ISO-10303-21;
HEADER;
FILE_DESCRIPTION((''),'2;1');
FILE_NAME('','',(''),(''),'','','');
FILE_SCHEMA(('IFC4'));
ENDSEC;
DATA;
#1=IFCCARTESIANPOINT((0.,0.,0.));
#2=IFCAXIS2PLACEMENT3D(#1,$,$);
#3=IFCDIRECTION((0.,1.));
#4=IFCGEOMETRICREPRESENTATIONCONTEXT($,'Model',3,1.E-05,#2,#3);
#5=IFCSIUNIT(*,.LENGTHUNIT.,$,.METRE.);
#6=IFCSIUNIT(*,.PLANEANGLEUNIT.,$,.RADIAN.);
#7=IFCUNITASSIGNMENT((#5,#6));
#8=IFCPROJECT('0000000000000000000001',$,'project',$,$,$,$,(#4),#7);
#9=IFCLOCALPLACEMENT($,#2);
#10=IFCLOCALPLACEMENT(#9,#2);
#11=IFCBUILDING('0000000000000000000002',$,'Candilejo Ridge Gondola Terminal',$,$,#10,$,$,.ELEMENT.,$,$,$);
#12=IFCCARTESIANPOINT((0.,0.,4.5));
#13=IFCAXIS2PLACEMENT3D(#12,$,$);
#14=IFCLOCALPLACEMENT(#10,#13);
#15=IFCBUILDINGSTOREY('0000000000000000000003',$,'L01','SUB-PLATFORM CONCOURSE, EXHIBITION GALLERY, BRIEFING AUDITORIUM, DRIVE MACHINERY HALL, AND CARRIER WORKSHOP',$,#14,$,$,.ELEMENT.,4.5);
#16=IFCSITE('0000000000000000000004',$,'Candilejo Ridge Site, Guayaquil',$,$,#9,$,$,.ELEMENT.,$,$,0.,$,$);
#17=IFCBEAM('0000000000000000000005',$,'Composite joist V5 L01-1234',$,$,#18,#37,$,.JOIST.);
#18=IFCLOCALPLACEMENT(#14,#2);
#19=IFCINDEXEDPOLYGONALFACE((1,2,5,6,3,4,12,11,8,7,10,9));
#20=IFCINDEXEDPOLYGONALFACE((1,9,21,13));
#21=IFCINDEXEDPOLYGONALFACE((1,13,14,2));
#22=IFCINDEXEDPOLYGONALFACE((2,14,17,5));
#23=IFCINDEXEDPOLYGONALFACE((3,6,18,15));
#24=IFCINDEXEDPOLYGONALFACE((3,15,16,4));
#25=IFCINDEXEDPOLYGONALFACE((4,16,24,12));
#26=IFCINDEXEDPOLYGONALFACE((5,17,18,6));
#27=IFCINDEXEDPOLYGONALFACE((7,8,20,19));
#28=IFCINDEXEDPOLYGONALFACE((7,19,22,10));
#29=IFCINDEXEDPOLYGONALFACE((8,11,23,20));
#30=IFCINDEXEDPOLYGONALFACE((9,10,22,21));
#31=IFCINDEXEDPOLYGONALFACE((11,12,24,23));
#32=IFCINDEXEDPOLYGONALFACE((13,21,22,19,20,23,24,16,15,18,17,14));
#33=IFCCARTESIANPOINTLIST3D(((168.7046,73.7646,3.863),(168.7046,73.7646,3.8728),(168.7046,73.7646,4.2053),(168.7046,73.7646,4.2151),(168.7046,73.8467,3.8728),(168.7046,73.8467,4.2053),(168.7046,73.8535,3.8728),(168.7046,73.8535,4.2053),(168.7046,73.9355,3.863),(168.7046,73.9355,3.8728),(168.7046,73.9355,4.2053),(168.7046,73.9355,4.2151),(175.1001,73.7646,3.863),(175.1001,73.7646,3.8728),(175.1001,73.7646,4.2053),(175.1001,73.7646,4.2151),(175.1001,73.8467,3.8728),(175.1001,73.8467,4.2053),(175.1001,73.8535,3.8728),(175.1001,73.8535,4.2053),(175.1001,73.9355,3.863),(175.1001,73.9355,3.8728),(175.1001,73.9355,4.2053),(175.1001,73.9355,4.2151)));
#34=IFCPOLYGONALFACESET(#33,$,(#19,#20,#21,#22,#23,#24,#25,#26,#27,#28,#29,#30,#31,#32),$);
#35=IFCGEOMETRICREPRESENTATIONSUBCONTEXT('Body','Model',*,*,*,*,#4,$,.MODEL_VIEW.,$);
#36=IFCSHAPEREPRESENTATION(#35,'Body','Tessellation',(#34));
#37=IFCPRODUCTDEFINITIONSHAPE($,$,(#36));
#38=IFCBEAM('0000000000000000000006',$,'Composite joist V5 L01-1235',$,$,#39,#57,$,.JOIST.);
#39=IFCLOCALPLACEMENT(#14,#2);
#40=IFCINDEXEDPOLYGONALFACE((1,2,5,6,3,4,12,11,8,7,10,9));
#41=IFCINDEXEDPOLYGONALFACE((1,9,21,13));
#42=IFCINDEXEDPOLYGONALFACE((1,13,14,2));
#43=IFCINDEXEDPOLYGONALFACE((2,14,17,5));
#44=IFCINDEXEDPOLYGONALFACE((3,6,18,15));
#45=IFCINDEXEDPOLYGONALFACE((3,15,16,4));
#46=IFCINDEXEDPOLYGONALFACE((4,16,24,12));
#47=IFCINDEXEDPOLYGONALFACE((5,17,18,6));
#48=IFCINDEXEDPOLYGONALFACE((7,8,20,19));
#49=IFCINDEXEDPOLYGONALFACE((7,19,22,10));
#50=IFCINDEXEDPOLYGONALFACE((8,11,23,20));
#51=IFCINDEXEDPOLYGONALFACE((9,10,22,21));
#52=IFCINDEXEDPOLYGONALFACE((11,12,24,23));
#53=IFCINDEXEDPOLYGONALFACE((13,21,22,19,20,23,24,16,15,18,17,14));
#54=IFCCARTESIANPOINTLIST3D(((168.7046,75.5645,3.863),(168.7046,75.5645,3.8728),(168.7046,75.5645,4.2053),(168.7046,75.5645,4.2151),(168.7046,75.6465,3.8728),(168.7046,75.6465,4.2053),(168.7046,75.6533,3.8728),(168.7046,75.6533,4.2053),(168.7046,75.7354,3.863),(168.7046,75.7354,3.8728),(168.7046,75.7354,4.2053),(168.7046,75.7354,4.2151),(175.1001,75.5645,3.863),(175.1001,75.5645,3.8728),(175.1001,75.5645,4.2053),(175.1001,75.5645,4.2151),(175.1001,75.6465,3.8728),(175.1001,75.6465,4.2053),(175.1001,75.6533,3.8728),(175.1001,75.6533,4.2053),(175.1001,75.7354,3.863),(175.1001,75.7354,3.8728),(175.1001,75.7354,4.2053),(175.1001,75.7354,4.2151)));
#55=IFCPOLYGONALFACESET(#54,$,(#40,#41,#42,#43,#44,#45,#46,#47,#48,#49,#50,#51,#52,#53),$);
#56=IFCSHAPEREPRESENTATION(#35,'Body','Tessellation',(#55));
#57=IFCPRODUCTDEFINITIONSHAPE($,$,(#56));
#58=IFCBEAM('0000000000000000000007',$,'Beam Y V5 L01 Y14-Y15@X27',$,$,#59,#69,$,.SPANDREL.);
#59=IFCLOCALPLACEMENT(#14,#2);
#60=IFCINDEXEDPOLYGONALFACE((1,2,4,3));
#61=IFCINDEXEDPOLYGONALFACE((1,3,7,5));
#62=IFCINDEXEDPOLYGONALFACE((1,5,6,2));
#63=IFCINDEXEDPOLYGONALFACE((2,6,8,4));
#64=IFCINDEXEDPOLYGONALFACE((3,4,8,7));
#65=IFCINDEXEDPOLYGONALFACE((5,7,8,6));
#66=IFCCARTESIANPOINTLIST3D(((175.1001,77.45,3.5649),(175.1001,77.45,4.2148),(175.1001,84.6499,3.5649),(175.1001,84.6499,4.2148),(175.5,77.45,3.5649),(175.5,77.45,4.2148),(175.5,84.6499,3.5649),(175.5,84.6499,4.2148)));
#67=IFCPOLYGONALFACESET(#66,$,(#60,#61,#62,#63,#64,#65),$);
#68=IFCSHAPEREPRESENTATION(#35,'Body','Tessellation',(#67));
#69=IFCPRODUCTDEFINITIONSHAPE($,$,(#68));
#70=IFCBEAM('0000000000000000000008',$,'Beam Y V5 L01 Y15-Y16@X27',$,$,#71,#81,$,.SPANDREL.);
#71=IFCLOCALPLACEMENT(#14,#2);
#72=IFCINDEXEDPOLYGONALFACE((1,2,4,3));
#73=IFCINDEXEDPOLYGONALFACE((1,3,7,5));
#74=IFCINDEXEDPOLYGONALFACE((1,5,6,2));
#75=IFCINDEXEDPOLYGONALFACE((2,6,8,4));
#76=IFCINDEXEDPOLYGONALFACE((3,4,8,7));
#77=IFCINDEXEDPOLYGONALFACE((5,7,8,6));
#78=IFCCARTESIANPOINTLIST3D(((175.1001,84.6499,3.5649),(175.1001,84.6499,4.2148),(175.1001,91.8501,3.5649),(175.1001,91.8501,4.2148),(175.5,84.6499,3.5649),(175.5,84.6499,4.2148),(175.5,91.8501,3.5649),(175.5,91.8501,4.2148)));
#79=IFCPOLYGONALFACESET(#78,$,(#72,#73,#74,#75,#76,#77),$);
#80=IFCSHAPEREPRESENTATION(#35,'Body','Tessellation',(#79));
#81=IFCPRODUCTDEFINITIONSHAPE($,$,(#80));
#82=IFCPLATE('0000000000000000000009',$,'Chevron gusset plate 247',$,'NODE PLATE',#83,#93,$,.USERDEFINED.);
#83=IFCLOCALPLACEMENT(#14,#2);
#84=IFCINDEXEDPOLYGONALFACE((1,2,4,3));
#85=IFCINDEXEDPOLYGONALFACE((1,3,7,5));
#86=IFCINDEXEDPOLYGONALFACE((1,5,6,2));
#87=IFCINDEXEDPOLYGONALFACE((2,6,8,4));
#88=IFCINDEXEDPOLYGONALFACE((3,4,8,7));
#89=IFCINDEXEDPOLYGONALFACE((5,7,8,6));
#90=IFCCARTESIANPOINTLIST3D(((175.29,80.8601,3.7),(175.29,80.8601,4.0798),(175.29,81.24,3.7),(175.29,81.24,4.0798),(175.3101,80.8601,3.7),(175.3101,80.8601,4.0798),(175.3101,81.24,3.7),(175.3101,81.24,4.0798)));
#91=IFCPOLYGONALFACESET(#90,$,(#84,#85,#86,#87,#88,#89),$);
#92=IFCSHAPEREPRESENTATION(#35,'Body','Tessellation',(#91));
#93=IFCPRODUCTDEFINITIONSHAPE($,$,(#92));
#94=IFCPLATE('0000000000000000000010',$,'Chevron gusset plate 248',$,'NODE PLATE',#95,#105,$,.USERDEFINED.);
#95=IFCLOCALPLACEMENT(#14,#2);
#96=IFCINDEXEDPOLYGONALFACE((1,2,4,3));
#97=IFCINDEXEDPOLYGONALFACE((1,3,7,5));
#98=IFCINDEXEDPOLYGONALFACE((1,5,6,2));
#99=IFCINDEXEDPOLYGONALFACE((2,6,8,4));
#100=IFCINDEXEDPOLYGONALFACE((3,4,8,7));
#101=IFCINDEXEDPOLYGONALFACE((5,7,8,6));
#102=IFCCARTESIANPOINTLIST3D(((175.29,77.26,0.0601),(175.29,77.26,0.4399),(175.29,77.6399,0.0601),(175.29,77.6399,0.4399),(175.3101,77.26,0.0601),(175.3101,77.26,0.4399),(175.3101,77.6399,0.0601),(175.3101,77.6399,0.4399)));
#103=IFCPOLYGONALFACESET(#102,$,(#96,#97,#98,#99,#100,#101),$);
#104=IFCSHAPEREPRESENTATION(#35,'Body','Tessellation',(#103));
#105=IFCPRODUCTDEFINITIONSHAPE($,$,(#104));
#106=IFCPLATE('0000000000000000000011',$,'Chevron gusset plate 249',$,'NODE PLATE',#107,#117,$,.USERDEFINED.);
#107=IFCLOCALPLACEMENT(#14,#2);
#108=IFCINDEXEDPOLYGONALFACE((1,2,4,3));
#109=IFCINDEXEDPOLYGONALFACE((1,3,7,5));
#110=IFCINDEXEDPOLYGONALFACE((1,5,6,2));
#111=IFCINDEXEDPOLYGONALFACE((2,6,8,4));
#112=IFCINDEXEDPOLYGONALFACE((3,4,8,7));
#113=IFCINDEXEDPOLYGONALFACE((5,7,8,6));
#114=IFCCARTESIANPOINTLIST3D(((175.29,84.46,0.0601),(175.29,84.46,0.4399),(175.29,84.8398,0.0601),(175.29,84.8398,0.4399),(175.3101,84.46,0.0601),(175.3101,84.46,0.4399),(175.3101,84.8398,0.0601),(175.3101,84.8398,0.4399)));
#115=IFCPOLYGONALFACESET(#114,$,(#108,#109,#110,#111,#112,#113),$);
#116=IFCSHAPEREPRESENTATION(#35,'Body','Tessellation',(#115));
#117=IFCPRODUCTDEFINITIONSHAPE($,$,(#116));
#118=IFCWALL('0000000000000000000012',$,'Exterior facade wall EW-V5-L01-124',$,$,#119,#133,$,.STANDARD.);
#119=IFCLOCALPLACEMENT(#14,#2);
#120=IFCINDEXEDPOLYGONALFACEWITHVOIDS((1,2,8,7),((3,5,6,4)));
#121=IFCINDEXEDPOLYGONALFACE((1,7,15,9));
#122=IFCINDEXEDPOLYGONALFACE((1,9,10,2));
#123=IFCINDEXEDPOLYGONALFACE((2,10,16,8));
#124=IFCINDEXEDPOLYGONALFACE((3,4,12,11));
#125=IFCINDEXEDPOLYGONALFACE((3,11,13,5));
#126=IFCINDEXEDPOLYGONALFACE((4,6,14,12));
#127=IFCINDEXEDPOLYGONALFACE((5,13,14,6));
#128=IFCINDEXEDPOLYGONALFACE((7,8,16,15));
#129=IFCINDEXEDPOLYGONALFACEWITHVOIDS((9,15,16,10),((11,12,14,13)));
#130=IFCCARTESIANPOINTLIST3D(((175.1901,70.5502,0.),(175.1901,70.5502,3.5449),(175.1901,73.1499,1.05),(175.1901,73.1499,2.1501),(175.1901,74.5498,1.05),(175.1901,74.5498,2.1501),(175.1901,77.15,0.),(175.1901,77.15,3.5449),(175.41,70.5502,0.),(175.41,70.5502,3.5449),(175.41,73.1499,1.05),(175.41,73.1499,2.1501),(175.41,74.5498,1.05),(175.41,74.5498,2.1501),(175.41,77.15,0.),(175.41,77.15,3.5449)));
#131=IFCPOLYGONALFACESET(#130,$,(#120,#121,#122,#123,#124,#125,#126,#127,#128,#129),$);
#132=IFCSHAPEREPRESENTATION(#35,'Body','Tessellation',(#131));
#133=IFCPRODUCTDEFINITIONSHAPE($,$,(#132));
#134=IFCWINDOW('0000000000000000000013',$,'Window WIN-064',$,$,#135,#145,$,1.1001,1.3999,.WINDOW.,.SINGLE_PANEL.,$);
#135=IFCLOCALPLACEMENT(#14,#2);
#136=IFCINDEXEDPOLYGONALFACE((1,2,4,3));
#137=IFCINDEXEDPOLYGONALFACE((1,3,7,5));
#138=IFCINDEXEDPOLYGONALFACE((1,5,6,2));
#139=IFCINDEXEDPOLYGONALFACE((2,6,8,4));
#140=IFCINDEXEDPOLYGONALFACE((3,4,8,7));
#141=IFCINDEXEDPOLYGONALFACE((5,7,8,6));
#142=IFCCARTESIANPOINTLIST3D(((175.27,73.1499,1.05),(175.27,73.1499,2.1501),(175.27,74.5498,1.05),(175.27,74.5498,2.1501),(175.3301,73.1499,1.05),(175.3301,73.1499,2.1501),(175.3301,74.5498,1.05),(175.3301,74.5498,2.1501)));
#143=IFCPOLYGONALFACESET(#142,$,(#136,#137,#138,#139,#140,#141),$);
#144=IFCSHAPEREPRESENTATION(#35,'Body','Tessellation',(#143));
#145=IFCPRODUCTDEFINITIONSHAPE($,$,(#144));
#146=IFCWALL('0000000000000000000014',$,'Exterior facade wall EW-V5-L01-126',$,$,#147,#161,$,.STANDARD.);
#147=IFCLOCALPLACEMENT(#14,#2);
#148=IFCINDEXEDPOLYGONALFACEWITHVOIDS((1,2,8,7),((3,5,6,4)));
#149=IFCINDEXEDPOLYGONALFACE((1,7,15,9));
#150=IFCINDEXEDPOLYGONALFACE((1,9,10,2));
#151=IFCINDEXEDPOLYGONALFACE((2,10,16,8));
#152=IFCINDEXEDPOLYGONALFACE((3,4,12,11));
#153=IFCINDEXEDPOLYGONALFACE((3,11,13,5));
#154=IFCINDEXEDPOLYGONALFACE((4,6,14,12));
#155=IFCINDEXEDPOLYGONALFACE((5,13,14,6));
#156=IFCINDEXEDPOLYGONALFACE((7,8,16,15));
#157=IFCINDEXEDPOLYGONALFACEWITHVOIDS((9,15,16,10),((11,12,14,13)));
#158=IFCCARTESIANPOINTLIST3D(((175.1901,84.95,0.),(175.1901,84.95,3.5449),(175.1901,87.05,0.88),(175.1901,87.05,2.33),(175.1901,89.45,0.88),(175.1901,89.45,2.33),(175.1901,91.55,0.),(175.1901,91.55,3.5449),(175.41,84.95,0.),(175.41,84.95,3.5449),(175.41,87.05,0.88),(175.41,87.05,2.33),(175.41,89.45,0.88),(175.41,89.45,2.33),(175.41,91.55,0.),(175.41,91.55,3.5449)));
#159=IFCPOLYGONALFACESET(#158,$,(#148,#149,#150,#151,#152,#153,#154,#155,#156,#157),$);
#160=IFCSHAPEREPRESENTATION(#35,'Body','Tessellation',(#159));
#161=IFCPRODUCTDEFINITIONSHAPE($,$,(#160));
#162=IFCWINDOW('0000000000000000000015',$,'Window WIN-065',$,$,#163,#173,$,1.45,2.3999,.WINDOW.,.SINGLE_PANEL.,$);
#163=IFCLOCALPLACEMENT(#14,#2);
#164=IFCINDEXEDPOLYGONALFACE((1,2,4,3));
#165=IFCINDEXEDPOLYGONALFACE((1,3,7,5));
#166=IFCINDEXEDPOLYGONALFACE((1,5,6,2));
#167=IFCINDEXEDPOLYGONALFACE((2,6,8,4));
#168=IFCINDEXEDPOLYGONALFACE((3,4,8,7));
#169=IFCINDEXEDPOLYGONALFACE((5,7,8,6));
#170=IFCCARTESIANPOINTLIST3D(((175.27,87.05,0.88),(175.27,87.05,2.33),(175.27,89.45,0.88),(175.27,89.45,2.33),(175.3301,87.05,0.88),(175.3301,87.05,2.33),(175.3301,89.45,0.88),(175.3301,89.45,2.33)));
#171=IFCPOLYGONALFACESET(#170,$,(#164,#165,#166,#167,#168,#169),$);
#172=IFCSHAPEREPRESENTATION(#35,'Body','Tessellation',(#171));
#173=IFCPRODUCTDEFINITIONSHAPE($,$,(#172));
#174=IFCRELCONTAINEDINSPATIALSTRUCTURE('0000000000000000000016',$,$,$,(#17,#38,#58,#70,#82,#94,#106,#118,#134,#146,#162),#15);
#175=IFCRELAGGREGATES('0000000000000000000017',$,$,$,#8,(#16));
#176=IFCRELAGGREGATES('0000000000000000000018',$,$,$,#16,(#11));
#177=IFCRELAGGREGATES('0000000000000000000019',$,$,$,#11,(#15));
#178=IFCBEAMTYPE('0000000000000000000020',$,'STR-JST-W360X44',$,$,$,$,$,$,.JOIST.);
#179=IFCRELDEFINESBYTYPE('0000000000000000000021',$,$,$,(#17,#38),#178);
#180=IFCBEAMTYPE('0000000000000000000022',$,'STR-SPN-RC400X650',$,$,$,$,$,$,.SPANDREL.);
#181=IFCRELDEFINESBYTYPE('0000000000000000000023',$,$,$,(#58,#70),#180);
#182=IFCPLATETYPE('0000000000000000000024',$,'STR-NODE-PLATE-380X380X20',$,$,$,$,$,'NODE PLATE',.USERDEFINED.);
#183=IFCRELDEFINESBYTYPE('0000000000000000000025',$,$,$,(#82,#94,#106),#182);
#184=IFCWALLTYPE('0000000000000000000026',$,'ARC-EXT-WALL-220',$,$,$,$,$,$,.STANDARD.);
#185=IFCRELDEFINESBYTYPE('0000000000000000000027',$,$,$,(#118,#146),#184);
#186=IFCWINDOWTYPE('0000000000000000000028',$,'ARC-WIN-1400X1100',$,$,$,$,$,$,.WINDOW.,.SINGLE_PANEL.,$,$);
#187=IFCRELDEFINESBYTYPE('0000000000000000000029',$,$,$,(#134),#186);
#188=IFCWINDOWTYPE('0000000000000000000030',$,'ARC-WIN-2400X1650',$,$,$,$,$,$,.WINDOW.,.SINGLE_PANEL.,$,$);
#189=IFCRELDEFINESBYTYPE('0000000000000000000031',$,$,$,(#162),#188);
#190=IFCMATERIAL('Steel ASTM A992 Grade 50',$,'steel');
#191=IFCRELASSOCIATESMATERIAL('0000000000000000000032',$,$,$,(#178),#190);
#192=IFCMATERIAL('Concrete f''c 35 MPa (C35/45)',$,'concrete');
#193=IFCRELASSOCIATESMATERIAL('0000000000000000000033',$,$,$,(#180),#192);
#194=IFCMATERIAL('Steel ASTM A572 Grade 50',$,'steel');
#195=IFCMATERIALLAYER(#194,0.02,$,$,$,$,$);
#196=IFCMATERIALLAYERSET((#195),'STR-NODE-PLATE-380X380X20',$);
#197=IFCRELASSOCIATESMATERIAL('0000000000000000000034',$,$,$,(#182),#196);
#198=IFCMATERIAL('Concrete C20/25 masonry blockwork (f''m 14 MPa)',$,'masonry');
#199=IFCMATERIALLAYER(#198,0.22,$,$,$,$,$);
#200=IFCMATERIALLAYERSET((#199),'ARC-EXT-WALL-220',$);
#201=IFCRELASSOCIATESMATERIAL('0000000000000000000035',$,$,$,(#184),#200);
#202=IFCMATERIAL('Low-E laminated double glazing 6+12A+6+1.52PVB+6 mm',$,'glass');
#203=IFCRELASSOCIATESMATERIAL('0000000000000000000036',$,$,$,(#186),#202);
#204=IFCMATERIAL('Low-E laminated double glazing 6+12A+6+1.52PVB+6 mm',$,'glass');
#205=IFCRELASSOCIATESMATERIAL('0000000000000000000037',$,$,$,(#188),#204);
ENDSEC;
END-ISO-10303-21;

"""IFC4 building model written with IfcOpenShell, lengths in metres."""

from ifc_helpers import new_model, si_unit, direction, frame, frame_2d, origin, origin_2d, place, context, subcontext, project, spatial, rectangle, i_section, extrude, material, layer, layer_set, material_profile, profile_set, type_object, element, fill, save


model = new_model("IFC4")

# Units and contexts
model_context = context("Model", 3, precision=1e-05, world=origin(), true_north=direction((0.0, 1.0)))
body_context = subcontext(model_context, "Body", "Model", "MODEL_VIEW")
ifc_project = project(units=[si_unit("LENGTHUNIT", "METRE"), si_unit("PLANEANGLEUNIT", "RADIAN")], contexts=[model_context])

# Site, building, storey
site_placement = place(None, origin())
site = spatial("IfcSite", under=ifc_project, at=site_placement, Name="Candilejo Ridge Site, Guayaquil", CompositionType="ELEMENT", RefElevation=0.0)
building_placement = place(site_placement, origin())
building = spatial("IfcBuilding", under=site, at=building_placement, Name="Candilejo Ridge Gondola Terminal", CompositionType="ELEMENT")
storey_placement = place(building_placement, frame((0.0, 0.0, 4.5)))
storey = spatial("IfcBuildingStorey", under=building, at=storey_placement, Name="L01", Description="SUB-PLATFORM CONCOURSE, EXHIBITION GALLERY, BRIEFING AUDITORIUM, DRIVE MACHINERY HALL, AND CARRIER WORKSHOP", CompositionType="ELEMENT", Elevation=4.5)

# Beams
ifc_material_1 = material(Name="Steel ASTM A992 Grade 50", Category="steel")
ifc_material_profile_1 = material_profile(ifc_material_1, i_section(OverallWidth=0.1709, OverallDepth=0.3521, WebThickness=0.0068, FlangeThickness=0.0098, at=origin_2d()))
ifc_profile_set_1 = profile_set([ifc_material_profile_1], Name="Steel ASTM A992 Grade 50")
beam_type_1 = type_object("IfcBeamType", Name="STR-JST-W360X44", PredefinedType="JOIST", material=ifc_profile_set_1)
for number, where, z_axis, x_axis, name in (
    (1, (168.7046, 73.8501, 4.0391), (1.0, 0.0, 0.0), (0.0, 1.0, 0.0), "Composite joist V5 L01-1234"),
    (2, (168.7046, 75.6499, 4.0391), (1.0, 0.0, 0.0), (0.0, 1.0, 0.0), "Composite joist V5 L01-1235"),
):
    element("IfcBeam", number, at=place(storey_placement, frame(where, z_axis=z_axis, x_axis=x_axis)), inside=storey, type_object=beam_type_1, Name=name, PredefinedType="JOIST", context=body_context, shape_type="SweptSolid", body=[
        extrude(i_section(OverallWidth=0.1709, OverallDepth=0.3521, WebThickness=0.0068, FlangeThickness=0.0098, at=origin_2d()), origin(), (0.0, 0.0, 1.0), 6.3955),
    ])
ifc_material_2 = material(Name="Concrete f'c 35 MPa (C35/45)", Category="concrete")
ifc_material_profile_2 = material_profile(ifc_material_2, rectangle(XDim=0.3999, YDim=0.6499, at=origin_2d()))
ifc_profile_set_2 = profile_set([ifc_material_profile_2], Name="Concrete f'c 35 MPa (C35/45)")
beam_type_2 = type_object("IfcBeamType", Name="STR-SPN-RC400X650", PredefinedType="SPANDREL", material=ifc_profile_set_2)
beam_1_placement = place(storey_placement, frame((175.3, 77.45, 3.8899), z_axis=(0.0, 1.0, 0.0), x_axis=(-1.0, 0.0, 0.0)))
element("IfcBeam", 3, at=beam_1_placement, inside=storey, type_object=beam_type_2, Name="Beam Y V5 L01 Y14-Y15@X27", PredefinedType="SPANDREL", context=body_context, shape_type="SweptSolid", body=[
    extrude(rectangle(XDim=0.3999, YDim=0.6499, at=origin_2d()), origin(), (0.0, 0.0, 1.0), 7.2),
])
beam_2_placement = place(storey_placement, frame((175.3, 84.6499, 3.8899), z_axis=(0.0, 1.0, 0.0), x_axis=(-1.0, 0.0, 0.0)))
element("IfcBeam", 4, at=beam_2_placement, inside=storey, type_object=beam_type_2, Name="Beam Y V5 L01 Y15-Y16@X27", PredefinedType="SPANDREL", context=body_context, shape_type="SweptSolid", body=[
    extrude(rectangle(XDim=0.3999, YDim=0.6499, at=origin_2d()), origin(), (0.0, 0.0, 1.0), 7.2002),
])

# Plates
ifc_material_3 = material(Name="Steel ASTM A572 Grade 50", Category="steel")
ifc_layer_1 = layer(ifc_material_3, 0.02)
ifc_layer_set_1 = layer_set([ifc_layer_1], Name="STR-NODE-PLATE-380X380X20")
plate_type = type_object("IfcPlateType", Name="STR-NODE-PLATE-380X380X20", ElementType="NODE PLATE", PredefinedType="USERDEFINED", material=ifc_layer_set_1)
for number, where, z_axis, x_axis, name in (
    (5, (175.3, 81.05, 3.7), (0.0, 0.0, 1.0), (1.0, 0.0, 0.0), "Chevron gusset plate 247"),
    (6, (175.3, 77.45, 0.0601), (0.0, 0.0, 1.0), (1.0, 0.0, 0.0), "Chevron gusset plate 248"),
    (7, (175.3, 84.6499, 0.0601), (0.0, 0.0, 1.0), (1.0, 0.0, 0.0), "Chevron gusset plate 249"),
):
    element("IfcPlate", number, at=place(storey_placement, frame(where, z_axis=z_axis, x_axis=x_axis)), inside=storey, type_object=plate_type, Name=name, ObjectType="NODE PLATE", PredefinedType="USERDEFINED", context=body_context, shape_type="SweptSolid", body=[
        extrude(rectangle(XDim=0.02, YDim=0.3799, at=origin_2d()), origin(), (0.0, 0.0, 1.0), 0.3799),
    ])

# Walls, openings, windows
ifc_material_4 = material(Name="Concrete C20/25 masonry blockwork (f'm 14 MPa)", Category="masonry")
ifc_layer_2 = layer(ifc_material_4, 0.22)
ifc_layer_set_2 = layer_set([ifc_layer_2], Name="ARC-EXT-WALL-220")
wall_type = type_object("IfcWallType", Name="ARC-EXT-WALL-220", PredefinedType="STANDARD", material=ifc_layer_set_2)
wall_1_placement = place(storey_placement, frame((175.3, 77.1499, 0.0), z_axis=(0.0, 0.0, 1.0), x_axis=(0.0, -1.0, 0.0)))
wall_1 = element("IfcWall", 8, at=wall_1_placement, inside=storey, type_object=wall_type, Name="Exterior facade wall EW-V5-L01-124", PredefinedType="STANDARD", context=body_context, shape_type="SweptSolid", body=[
    extrude(rectangle(XDim=6.5999, YDim=0.22, at=frame_2d((3.2998, 0.0))), origin(), (0.0, 0.0, 1.0), 3.5449),
])
opening_1_placement = place(wall_1_placement, frame((2.6001, 0.0, 1.05)))
opening_1 = element("IfcOpeningElement", 9, at=opening_1_placement, cuts=wall_1, PredefinedType="OPENING", context=body_context, shape_type="SweptSolid", body=[
    extrude(rectangle(XDim=1.3999, YDim=1.1001, at=frame_2d((0.7, 0.55))), frame((0.0, 0.1199, 0.0), z_axis=(0.0, -1.0, 0.0), x_axis=(1.0, 0.0, 0.0)), (0.0, 0.0, 1.0), 0.24),
])
ifc_material_5 = material(Name="Low-E laminated double glazing 6+12A+6+1.52PVB+6 mm", Category="glass")
window_type_1 = type_object("IfcWindowType", Name="ARC-WIN-1400X1100", PartitioningType="SINGLE_PANEL", PredefinedType="WINDOW", material=ifc_material_5)
window_1_placement = place(opening_1_placement, origin())
window_1 = element("IfcWindow", 10, at=window_1_placement, inside=storey, type_object=window_type_1, Name="Window WIN-064", OverallHeight=1.1001, OverallWidth=1.3999, PartitioningType="SINGLE_PANEL", PredefinedType="WINDOW", context=body_context, shape_type="SweptSolid", body=[
    extrude(rectangle(XDim=1.3999, YDim=1.1001, at=frame_2d((0.7, 0.55))), frame((0.0, 0.03, 0.0), z_axis=(0.0, -1.0, 0.0), x_axis=(1.0, 0.0, 0.0)), (0.0, 0.0, 1.0), 0.0601),
])
fill(opening_1, window_1)
wall_2_placement = place(storey_placement, frame((175.3, 91.55, 0.0), z_axis=(0.0, 0.0, 1.0), x_axis=(0.0, -1.0, 0.0)))
wall_2 = element("IfcWall", 11, at=wall_2_placement, inside=storey, type_object=wall_type, Name="Exterior facade wall EW-V5-L01-126", PredefinedType="STANDARD", context=body_context, shape_type="SweptSolid", body=[
    extrude(rectangle(XDim=6.6001, YDim=0.22, at=frame_2d((3.3, 0.0))), origin(), (0.0, 0.0, 1.0), 3.5449),
])
opening_2_placement = place(wall_2_placement, frame((2.1001, 0.0, 0.8799)))
opening_2 = element("IfcOpeningElement", 12, at=opening_2_placement, cuts=wall_2, PredefinedType="OPENING", context=body_context, shape_type="SweptSolid", body=[
    extrude(rectangle(XDim=2.3999, YDim=1.45, at=frame_2d((1.2, 0.7251))), frame((0.0, 0.1199, 0.0), z_axis=(0.0, -1.0, 0.0), x_axis=(1.0, 0.0, 0.0)), (0.0, 0.0, 1.0), 0.24),
])
ifc_material_6 = material(Name="Low-E laminated double glazing 6+12A+6+1.52PVB+6 mm", Category="glass")
window_type_2 = type_object("IfcWindowType", Name="ARC-WIN-2400X1650", PartitioningType="SINGLE_PANEL", PredefinedType="WINDOW", material=ifc_material_6)
window_2_placement = place(opening_2_placement, origin())
window_2 = element("IfcWindow", 13, at=window_2_placement, inside=storey, type_object=window_type_2, Name="Window WIN-065", OverallHeight=1.45, OverallWidth=2.3999, PartitioningType="SINGLE_PANEL", PredefinedType="WINDOW", context=body_context, shape_type="SweptSolid", body=[
    extrude(rectangle(XDim=2.3999, YDim=1.45, at=frame_2d((1.2, 0.7251))), frame((0.0, 0.03, 0.0), z_axis=(0.0, -1.0, 0.0), x_axis=(1.0, 0.0, 0.0)), (0.0, 0.0, 1.0), 0.0601),
])
fill(opening_2, window_2)

save(model, "model.ifc")
